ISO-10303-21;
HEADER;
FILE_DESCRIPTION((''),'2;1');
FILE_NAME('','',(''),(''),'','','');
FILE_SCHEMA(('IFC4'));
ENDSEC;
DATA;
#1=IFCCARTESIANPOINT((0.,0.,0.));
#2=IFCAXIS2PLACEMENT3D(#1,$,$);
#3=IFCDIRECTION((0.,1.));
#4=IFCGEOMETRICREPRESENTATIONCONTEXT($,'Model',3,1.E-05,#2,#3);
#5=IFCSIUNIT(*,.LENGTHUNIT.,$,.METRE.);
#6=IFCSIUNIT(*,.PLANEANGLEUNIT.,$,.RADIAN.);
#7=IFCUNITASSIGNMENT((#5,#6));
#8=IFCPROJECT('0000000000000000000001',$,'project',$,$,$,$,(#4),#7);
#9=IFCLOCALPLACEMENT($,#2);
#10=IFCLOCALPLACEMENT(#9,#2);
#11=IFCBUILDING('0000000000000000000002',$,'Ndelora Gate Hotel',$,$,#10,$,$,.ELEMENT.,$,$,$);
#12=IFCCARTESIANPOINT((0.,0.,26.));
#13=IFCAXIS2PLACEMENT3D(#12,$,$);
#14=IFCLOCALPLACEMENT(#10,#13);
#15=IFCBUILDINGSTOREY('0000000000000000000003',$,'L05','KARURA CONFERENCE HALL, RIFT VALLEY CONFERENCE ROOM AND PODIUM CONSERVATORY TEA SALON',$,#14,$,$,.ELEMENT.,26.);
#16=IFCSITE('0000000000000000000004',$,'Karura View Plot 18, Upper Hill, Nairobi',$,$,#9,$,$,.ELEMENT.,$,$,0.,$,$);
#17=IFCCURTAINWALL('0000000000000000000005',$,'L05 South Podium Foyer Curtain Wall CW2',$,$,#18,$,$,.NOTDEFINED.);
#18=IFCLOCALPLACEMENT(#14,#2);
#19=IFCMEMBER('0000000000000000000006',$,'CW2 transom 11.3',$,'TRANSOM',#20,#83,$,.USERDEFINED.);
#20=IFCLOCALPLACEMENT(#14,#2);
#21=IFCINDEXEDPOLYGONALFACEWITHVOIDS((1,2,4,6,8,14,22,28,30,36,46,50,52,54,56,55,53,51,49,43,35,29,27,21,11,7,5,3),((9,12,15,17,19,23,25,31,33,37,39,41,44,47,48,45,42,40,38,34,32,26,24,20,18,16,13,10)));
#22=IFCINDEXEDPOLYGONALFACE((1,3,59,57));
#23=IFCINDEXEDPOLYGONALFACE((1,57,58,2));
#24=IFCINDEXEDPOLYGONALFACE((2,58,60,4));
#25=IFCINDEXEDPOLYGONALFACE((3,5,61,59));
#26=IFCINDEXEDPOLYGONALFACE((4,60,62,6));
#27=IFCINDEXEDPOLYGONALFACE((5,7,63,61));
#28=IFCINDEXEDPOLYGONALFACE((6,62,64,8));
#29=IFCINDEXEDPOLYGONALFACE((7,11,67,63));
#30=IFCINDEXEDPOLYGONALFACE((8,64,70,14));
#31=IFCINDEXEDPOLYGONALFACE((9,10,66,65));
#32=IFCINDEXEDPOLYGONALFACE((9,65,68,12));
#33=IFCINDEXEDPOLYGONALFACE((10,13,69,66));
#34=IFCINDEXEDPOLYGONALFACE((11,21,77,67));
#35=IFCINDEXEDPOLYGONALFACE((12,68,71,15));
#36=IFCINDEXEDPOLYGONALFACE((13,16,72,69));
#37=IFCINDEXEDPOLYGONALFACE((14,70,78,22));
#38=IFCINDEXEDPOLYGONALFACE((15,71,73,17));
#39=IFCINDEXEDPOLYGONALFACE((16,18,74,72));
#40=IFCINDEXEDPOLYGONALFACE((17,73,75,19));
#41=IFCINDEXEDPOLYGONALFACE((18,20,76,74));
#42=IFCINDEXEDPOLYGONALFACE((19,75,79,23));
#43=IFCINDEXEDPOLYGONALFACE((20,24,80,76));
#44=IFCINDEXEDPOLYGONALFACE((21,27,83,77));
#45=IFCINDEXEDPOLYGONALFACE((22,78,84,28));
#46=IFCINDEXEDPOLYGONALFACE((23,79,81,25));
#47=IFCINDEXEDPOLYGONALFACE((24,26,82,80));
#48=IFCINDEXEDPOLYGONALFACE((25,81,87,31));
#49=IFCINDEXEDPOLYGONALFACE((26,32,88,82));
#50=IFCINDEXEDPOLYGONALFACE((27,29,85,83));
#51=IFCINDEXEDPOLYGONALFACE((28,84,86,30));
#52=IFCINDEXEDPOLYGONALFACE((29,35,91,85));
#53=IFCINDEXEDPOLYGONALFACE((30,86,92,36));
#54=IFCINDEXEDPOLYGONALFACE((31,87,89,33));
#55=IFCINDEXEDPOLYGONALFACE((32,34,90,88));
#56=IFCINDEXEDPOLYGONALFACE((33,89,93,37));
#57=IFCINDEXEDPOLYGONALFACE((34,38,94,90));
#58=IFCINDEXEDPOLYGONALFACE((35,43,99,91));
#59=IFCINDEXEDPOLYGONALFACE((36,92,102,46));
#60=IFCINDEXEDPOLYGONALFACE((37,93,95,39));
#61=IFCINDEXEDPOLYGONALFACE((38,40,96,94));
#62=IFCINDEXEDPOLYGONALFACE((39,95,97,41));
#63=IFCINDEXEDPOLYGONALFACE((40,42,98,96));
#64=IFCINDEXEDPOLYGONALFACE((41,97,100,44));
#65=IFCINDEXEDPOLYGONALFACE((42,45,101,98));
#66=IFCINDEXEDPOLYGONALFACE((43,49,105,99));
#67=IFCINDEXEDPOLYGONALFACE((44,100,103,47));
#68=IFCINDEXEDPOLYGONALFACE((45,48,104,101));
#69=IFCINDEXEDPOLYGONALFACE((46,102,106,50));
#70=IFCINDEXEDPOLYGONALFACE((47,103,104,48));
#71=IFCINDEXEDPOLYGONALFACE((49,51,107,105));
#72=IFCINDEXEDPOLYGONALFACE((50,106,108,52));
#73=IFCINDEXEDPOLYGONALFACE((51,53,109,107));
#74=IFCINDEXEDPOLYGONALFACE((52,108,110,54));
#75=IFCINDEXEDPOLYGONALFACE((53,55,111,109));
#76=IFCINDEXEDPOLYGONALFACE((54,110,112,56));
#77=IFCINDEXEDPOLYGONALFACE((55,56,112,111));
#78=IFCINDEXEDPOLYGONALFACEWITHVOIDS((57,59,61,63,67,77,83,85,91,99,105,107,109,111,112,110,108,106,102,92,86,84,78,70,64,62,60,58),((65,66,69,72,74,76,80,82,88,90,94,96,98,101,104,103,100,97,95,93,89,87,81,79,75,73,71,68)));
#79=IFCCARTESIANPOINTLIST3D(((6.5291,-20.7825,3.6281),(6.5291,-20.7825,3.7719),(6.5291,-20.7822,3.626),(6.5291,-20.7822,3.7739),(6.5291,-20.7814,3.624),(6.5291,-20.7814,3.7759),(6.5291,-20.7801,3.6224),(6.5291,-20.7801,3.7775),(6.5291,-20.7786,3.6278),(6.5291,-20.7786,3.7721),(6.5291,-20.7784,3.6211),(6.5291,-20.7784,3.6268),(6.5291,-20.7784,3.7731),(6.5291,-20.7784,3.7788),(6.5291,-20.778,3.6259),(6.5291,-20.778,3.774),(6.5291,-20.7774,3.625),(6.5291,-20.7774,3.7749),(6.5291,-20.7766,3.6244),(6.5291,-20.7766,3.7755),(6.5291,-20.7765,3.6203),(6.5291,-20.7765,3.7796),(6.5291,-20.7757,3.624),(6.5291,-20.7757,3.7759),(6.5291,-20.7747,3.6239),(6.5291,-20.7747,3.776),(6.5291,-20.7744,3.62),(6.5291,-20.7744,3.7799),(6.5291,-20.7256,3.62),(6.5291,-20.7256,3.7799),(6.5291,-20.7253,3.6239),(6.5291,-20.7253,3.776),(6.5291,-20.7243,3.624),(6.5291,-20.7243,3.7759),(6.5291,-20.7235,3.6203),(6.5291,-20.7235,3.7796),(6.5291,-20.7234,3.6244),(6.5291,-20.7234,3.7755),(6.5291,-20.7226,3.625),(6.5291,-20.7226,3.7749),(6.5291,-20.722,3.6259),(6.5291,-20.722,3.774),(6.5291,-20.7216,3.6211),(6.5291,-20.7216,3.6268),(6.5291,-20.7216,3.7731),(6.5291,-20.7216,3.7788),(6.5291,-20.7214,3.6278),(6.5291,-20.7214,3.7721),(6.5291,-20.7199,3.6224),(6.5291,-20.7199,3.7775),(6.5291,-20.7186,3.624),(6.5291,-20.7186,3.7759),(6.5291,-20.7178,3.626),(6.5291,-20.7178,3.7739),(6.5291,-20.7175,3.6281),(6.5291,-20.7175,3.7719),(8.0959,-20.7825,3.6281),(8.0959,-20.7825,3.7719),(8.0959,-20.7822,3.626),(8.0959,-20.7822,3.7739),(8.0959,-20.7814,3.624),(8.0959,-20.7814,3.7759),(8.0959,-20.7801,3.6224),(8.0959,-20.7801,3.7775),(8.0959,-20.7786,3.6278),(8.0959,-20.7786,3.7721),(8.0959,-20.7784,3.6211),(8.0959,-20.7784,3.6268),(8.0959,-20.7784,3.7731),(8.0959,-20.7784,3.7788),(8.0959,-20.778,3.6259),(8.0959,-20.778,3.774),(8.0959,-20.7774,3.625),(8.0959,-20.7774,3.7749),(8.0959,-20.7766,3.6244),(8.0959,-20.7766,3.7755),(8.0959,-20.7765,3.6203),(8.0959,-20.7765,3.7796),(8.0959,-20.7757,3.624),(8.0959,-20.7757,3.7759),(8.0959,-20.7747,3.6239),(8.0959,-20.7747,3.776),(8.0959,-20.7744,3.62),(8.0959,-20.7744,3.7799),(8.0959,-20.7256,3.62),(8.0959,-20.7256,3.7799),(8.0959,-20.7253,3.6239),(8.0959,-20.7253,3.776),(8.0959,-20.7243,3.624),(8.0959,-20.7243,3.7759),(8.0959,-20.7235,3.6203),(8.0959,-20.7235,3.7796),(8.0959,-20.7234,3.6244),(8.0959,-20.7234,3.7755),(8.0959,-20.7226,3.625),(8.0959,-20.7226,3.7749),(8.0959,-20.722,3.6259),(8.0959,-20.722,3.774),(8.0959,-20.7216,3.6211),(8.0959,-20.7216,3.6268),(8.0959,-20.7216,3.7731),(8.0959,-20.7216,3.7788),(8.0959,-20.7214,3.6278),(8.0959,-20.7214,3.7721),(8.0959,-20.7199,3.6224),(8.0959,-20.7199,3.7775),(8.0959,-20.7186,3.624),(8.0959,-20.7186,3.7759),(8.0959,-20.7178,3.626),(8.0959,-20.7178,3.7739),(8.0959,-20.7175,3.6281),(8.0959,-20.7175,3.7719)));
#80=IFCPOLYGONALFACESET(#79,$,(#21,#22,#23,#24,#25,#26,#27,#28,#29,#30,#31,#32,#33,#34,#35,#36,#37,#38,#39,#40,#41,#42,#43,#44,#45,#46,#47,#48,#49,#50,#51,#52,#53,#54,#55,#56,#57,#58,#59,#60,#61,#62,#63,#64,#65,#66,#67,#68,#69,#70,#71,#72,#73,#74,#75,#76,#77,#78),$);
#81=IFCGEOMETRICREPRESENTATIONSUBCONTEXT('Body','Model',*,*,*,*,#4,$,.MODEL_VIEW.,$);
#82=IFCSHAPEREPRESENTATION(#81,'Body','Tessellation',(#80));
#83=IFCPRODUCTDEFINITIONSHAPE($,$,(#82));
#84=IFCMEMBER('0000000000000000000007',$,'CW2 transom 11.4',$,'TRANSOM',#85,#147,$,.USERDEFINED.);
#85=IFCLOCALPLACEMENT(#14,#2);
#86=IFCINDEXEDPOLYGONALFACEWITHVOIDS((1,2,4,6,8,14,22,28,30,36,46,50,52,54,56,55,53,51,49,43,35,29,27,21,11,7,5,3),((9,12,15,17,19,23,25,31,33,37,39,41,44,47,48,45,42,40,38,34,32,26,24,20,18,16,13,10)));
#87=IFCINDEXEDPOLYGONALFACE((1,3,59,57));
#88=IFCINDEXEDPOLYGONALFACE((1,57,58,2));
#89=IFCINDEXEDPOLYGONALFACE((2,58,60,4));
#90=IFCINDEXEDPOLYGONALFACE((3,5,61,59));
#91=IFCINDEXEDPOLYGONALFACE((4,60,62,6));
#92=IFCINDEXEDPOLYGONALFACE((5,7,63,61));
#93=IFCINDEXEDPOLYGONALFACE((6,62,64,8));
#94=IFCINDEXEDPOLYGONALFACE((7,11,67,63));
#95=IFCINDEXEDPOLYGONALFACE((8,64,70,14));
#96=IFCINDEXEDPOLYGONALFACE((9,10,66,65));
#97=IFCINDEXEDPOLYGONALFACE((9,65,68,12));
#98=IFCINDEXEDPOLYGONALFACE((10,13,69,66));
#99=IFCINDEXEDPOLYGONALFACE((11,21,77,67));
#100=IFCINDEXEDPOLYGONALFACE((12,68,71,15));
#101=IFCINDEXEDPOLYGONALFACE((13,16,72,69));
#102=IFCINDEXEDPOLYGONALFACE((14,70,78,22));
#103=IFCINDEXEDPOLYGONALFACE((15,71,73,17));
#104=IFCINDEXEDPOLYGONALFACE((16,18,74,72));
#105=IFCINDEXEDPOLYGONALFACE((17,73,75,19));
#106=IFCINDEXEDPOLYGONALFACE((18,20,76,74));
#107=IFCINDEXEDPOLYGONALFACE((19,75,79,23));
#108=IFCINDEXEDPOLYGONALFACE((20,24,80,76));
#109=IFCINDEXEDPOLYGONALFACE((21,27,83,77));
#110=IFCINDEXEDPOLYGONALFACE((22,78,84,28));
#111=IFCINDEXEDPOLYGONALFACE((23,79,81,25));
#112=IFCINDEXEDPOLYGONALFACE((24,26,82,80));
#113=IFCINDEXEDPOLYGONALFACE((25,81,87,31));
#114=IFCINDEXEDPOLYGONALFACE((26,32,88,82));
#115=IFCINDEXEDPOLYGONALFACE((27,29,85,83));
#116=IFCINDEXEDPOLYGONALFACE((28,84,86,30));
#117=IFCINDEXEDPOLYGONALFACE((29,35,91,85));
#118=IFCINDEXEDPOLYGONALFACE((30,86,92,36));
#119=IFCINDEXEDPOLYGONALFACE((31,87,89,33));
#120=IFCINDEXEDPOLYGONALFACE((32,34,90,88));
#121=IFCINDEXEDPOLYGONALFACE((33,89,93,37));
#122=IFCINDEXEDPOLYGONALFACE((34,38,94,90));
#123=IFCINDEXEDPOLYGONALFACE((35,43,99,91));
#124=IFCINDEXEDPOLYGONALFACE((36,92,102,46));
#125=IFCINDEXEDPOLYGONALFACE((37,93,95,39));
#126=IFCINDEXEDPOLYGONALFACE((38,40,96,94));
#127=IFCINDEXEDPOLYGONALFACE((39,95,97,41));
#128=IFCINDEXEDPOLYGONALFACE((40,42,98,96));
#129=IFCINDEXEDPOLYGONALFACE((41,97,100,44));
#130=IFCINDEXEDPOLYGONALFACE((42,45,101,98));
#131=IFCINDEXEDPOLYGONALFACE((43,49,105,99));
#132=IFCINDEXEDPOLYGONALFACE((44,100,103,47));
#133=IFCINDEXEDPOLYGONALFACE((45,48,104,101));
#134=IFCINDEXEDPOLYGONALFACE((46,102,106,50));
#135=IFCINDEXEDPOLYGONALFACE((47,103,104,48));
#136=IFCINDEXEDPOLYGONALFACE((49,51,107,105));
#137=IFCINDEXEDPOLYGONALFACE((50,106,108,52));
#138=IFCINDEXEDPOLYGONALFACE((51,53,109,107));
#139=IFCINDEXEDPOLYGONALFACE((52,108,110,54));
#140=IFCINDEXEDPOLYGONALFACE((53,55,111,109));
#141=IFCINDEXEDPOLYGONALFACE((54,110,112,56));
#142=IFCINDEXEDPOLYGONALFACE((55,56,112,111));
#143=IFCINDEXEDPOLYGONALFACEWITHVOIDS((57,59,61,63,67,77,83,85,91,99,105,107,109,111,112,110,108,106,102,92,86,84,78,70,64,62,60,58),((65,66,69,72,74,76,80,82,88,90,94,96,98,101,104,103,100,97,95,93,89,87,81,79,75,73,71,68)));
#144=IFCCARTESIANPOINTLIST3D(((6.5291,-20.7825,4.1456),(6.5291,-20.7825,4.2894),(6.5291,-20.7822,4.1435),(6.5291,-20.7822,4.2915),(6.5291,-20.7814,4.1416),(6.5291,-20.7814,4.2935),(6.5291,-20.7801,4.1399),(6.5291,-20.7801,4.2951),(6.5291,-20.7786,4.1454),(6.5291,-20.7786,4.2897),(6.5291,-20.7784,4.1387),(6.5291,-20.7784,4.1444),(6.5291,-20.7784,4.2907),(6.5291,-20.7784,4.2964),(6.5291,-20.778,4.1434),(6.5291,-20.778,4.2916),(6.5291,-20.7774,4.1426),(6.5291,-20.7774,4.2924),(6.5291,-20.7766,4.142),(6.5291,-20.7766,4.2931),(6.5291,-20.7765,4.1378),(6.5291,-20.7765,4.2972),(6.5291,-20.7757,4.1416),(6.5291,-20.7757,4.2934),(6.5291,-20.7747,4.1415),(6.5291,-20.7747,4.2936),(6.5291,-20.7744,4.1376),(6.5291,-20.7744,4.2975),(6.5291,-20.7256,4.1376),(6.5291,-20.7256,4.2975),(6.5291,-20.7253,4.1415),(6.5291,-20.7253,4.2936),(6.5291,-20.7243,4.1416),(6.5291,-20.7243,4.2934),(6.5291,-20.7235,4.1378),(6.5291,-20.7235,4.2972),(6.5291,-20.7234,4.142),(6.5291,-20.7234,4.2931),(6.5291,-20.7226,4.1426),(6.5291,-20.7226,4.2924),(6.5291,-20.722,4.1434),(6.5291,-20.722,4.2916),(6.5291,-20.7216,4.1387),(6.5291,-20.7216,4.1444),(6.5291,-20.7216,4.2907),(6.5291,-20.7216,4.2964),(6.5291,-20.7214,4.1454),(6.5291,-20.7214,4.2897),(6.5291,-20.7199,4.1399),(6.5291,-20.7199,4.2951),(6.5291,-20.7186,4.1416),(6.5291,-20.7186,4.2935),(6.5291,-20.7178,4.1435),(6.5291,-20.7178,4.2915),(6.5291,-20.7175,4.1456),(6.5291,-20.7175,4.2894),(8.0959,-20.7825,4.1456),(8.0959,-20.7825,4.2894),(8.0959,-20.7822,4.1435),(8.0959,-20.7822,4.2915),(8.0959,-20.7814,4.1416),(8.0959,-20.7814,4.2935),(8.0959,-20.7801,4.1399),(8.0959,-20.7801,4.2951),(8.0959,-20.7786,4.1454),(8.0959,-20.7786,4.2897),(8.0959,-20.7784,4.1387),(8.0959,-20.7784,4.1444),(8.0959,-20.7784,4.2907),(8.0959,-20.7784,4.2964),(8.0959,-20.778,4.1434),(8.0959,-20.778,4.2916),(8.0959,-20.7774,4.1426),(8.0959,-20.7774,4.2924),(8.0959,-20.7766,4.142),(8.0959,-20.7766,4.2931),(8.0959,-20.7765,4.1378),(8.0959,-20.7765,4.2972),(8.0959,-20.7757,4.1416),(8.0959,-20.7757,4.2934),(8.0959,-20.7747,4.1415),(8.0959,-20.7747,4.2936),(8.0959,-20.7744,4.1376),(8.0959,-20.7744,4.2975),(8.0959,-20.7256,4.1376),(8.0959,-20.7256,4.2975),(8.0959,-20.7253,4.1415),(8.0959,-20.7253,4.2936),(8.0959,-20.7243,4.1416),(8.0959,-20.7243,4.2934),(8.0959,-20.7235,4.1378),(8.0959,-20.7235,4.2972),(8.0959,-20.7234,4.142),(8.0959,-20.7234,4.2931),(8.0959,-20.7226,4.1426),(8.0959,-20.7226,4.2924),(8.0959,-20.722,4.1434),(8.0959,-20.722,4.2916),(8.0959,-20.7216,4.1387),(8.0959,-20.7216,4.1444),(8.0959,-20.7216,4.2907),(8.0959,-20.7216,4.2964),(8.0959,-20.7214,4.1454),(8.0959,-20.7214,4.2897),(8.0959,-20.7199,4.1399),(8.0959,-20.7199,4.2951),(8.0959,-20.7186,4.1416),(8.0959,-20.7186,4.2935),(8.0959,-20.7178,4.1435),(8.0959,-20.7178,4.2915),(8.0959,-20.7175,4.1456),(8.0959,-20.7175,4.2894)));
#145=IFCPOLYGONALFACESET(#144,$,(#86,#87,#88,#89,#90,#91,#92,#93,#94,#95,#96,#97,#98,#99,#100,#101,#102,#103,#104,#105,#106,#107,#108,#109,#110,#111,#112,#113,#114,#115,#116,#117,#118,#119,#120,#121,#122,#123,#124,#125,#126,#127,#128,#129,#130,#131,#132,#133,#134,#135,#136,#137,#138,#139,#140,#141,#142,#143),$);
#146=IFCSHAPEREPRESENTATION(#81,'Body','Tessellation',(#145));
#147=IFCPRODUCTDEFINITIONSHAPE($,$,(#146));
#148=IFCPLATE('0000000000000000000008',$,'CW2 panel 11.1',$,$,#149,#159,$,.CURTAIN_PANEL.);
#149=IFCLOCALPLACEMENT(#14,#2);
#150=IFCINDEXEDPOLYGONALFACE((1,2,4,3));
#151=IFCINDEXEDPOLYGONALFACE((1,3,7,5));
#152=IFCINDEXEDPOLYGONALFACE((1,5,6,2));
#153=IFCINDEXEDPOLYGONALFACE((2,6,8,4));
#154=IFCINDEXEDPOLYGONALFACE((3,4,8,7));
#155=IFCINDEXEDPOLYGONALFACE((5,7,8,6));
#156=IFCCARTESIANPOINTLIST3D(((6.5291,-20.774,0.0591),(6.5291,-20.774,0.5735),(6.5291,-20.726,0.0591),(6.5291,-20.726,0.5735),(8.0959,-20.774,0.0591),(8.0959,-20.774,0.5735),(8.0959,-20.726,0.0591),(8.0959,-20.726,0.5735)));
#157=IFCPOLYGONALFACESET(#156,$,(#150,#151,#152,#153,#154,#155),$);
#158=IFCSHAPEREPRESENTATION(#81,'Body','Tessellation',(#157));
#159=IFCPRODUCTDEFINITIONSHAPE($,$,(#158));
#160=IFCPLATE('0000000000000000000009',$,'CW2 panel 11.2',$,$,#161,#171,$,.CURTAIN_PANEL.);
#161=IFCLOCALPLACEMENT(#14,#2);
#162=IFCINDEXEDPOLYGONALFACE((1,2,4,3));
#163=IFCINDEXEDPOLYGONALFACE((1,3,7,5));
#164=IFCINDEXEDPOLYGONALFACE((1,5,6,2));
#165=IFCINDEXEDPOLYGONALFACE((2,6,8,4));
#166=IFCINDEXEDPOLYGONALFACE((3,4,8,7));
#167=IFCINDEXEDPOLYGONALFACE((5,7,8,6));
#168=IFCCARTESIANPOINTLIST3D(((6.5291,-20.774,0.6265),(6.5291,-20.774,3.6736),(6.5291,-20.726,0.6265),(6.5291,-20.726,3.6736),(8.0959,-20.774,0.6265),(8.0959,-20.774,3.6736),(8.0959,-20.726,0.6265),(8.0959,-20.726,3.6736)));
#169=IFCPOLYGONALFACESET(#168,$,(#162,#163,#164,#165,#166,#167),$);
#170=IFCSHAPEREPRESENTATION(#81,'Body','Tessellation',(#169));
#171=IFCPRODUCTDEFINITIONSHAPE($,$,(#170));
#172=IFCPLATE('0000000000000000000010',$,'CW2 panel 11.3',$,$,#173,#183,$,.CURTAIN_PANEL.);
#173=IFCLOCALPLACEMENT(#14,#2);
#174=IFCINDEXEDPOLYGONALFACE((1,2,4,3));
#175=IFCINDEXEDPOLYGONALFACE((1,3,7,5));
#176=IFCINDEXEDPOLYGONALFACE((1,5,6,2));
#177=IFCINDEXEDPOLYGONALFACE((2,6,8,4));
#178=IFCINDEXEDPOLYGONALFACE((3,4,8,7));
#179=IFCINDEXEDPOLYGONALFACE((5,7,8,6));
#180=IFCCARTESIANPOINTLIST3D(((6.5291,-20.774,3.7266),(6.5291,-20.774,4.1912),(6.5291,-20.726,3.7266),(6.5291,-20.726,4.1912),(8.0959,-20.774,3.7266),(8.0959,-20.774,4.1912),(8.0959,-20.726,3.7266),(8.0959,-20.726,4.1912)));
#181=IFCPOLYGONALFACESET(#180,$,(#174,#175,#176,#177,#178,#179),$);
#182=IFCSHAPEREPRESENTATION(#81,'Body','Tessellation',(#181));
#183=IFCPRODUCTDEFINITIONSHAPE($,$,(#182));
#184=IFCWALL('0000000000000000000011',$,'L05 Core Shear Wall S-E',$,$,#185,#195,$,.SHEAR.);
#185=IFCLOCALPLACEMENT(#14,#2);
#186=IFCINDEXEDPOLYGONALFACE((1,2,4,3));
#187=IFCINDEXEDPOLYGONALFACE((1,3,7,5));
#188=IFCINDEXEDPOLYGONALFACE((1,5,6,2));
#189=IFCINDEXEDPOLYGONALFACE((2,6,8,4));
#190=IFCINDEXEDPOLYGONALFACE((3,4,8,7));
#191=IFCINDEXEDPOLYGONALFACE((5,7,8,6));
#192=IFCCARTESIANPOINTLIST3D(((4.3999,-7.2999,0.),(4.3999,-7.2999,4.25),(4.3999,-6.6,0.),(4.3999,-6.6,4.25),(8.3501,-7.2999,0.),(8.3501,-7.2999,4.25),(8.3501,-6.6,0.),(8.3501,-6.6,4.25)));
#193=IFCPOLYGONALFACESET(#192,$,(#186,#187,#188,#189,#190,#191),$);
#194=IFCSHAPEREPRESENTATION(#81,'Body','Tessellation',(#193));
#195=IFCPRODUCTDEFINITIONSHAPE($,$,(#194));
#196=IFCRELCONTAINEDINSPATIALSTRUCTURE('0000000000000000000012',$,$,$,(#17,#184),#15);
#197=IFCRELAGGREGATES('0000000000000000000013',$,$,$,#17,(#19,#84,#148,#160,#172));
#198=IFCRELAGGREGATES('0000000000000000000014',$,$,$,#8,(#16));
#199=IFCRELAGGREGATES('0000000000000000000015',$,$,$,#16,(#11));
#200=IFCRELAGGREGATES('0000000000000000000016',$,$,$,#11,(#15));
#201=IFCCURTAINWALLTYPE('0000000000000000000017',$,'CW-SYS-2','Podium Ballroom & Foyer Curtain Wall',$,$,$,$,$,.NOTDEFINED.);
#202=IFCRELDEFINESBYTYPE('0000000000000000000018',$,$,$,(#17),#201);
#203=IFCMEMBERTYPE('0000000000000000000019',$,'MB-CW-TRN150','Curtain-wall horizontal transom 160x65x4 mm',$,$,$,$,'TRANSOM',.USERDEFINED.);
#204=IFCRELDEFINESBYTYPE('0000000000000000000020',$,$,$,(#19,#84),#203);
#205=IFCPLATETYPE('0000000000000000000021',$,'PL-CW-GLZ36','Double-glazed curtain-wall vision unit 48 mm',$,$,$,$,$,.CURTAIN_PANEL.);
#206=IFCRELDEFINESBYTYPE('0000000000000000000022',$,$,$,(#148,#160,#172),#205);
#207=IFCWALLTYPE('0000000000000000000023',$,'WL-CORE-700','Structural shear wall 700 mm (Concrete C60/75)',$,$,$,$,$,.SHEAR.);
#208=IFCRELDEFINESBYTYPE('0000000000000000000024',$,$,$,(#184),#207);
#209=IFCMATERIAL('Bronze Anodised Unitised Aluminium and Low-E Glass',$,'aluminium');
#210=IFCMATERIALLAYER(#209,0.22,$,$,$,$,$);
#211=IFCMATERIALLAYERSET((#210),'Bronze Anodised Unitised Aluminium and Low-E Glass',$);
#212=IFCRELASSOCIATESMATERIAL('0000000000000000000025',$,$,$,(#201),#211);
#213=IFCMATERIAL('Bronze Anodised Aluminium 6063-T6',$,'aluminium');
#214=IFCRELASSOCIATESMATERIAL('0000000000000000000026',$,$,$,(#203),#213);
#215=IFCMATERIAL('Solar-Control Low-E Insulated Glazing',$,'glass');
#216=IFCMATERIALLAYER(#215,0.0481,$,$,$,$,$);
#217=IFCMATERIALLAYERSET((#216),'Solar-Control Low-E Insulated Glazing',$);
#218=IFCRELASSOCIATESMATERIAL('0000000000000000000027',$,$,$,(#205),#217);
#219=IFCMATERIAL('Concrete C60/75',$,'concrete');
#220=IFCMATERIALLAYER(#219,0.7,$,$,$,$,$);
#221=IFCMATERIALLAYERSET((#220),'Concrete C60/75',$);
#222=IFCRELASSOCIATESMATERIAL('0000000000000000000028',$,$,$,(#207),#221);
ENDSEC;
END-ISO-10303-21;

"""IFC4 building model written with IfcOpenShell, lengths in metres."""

from ifc_helpers import new_model, si_unit, direction, frame, frame_2d, origin, origin_2d, place, context, subcontext, project, spatial, rectangle, hollow_rectangle, extrude, material, layer, layer_set, material_profile, profile_set, type_object, element, aggregate, save


model = new_model("IFC4")

# Units and contexts
model_context = context("Model", 3, precision=1e-05, world=origin(), true_north=direction((0.0, 1.0)))
body_context = subcontext(model_context, "Body", "Model", "MODEL_VIEW")
ifc_project = project(units=[si_unit("LENGTHUNIT", "METRE"), si_unit("PLANEANGLEUNIT", "RADIAN")], contexts=[model_context])

# Site, building, storey
site_placement = place(None, origin())
site = spatial("IfcSite", under=ifc_project, at=site_placement, Name="Karura View Plot 18, Upper Hill, Nairobi", CompositionType="ELEMENT", RefElevation=0.0)
building_placement = place(site_placement, origin())
building = spatial("IfcBuilding", under=site, at=building_placement, Name="Ndelora Gate Hotel", CompositionType="ELEMENT")
storey_placement = place(building_placement, frame((0.0, 0.0, 26.0)))
storey = spatial("IfcBuildingStorey", under=building, at=storey_placement, Name="L05", Description="KARURA CONFERENCE HALL, RIFT VALLEY CONFERENCE ROOM AND PODIUM CONSERVATORY TEA SALON", CompositionType="ELEMENT", Elevation=26.0)

# Shared definitions
ifc_material_1 = material(Name="Concrete C60/75", Category="concrete")

# Curtain wall, members, plates
ifc_material_2 = material(Name="Bronze Anodised Unitised Aluminium and Low-E Glass", Category="aluminium")
ifc_layer_1 = layer(ifc_material_2, 0.22)
ifc_layer_set_1 = layer_set([ifc_layer_1], Name="Bronze Anodised Unitised Aluminium and Low-E Glass")
curtain_wall_type = type_object("IfcCurtainWallType", Name="CW-SYS-2", Description="Podium Ballroom & Foyer Curtain Wall", PredefinedType="NOTDEFINED", material=ifc_layer_set_1)
curtain_wall_placement = place(storey_placement, origin())
curtain_wall = element("IfcCurtainWall", 1, at=curtain_wall_placement, inside=storey, type_object=curtain_wall_type, Name="L05 South Podium Foyer Curtain Wall CW2", PredefinedType="NOTDEFINED")
ifc_material_3 = material(Name="Bronze Anodised Aluminium 6063-T6", Category="aluminium")
ifc_material_profile_1 = material_profile(ifc_material_3, hollow_rectangle(XDim=0.0649, YDim=0.1599, WallThickness=0.0039, InnerFilletRadius=0.0039, OuterFilletRadius=0.0081, at=origin_2d()), Name="ALU 160x65x4")
ifc_profile_set_1 = profile_set([ifc_material_profile_1], Name="Bronze Anodised Aluminium 6063-T6")
member_type_1 = type_object("IfcMemberType", Name="MB-CW-TRN150", Description="Curtain-wall horizontal transom 160x65x4 mm", ElementType="TRANSOM", PredefinedType="USERDEFINED", material=ifc_profile_set_1)
member_1_placement = place(storey_placement, frame((6.5291, -20.75, 3.7), z_axis=(1.0, 0.0, 0.0), x_axis=(0.0, 1.0, 0.0)))
member_1 = element("IfcMember", 2, at=member_1_placement, type_object=member_type_1, Name="CW2 transom 11.3", ObjectType="TRANSOM", PredefinedType="USERDEFINED", context=body_context, shape_type="SweptSolid", body=[
    extrude(hollow_rectangle(XDim=0.0649, YDim=0.1599, WallThickness=0.0039, InnerFilletRadius=0.0039, OuterFilletRadius=0.0081, at=origin_2d()), origin(), (0.0, 0.0, 1.0), 1.5669),
])
member_2_placement = place(storey_placement, frame((6.5291, -20.75, 4.2175), z_axis=(1.0, 0.0, 0.0), x_axis=(0.0, 1.0, 0.0)))
member_2 = element("IfcMember", 3, at=member_2_placement, type_object=member_type_1, Name="CW2 transom 11.4", ObjectType="TRANSOM", PredefinedType="USERDEFINED", context=body_context, shape_type="SweptSolid", body=[
    extrude(hollow_rectangle(XDim=0.0649, YDim=0.1599, WallThickness=0.0039, InnerFilletRadius=0.0039, OuterFilletRadius=0.0081, at=origin_2d()), origin(), (0.0, 0.0, 1.0), 1.5669),
])
ifc_material_4 = material(Name="Solar-Control Low-E Insulated Glazing", Category="glass")
ifc_layer_2 = layer(ifc_material_4, 0.0481)
ifc_layer_set_2 = layer_set([ifc_layer_2], Name="Solar-Control Low-E Insulated Glazing")
plate_type = type_object("IfcPlateType", Name="PL-CW-GLZ36", Description="Double-glazed curtain-wall vision unit 48 mm", PredefinedType="CURTAIN_PANEL", material=ifc_layer_set_2)
plate_1_placement = place(storey_placement, frame((7.3125, -20.75, 0.0591), z_axis=(0.0, 0.0, 1.0), x_axis=(1.0, 0.0, 0.0)))
plate_1 = element("IfcPlate", 4, at=plate_1_placement, type_object=plate_type, Name="CW2 panel 11.1", PredefinedType="CURTAIN_PANEL", context=body_context, shape_type="SweptSolid", body=[
    extrude(rectangle(XDim=1.5669, YDim=0.0481, at=origin_2d()), origin(), (0.0, 0.0, 1.0), 0.5144),
])
plate_2_placement = place(storey_placement, frame((7.3125, -20.75, 0.6265), z_axis=(0.0, 0.0, 1.0), x_axis=(1.0, 0.0, 0.0)))
plate_2 = element("IfcPlate", 5, at=plate_2_placement, type_object=plate_type, Name="CW2 panel 11.2", PredefinedType="CURTAIN_PANEL", context=body_context, shape_type="SweptSolid", body=[
    extrude(rectangle(XDim=1.5669, YDim=0.0481, at=origin_2d()), origin(), (0.0, 0.0, 1.0), 3.0471),
])
plate_3_placement = place(storey_placement, frame((7.3125, -20.75, 3.7266), z_axis=(0.0, 0.0, 1.0), x_axis=(1.0, 0.0, 0.0)))
plate_3 = element("IfcPlate", 6, at=plate_3_placement, type_object=plate_type, Name="CW2 panel 11.3", PredefinedType="CURTAIN_PANEL", context=body_context, shape_type="SweptSolid", body=[
    extrude(rectangle(XDim=1.5669, YDim=0.0481, at=origin_2d()), origin(), (0.0, 0.0, 1.0), 0.4646),
])
aggregate(curtain_wall, [member_1, member_2, plate_1, plate_2, plate_3])

# Wall
ifc_layer_3 = layer(ifc_material_1, 0.7)
ifc_layer_set_3 = layer_set([ifc_layer_3], Name="Concrete C60/75")
wall_type_1 = type_object("IfcWallType", Name="WL-CORE-700", Description="Structural shear wall 700 mm (Concrete C60/75)", PredefinedType="SHEAR", material=ifc_layer_set_3)
wall_1_placement = place(storey_placement, frame((4.3999, -6.95, 0.0), z_axis=(0.0, 0.0, 1.0), x_axis=(1.0, 0.0, 0.0)))
element("IfcWall", 7, at=wall_1_placement, inside=storey, type_object=wall_type_1, Name="L05 Core Shear Wall S-E", PredefinedType="SHEAR", context=body_context, shape_type="SweptSolid", body=[
    extrude(rectangle(XDim=3.9502, YDim=0.7, at=frame_2d((1.9751, 0.0))), origin(), (0.0, 0.0, 1.0), 4.25),
])

save(model, "model.ifc")
